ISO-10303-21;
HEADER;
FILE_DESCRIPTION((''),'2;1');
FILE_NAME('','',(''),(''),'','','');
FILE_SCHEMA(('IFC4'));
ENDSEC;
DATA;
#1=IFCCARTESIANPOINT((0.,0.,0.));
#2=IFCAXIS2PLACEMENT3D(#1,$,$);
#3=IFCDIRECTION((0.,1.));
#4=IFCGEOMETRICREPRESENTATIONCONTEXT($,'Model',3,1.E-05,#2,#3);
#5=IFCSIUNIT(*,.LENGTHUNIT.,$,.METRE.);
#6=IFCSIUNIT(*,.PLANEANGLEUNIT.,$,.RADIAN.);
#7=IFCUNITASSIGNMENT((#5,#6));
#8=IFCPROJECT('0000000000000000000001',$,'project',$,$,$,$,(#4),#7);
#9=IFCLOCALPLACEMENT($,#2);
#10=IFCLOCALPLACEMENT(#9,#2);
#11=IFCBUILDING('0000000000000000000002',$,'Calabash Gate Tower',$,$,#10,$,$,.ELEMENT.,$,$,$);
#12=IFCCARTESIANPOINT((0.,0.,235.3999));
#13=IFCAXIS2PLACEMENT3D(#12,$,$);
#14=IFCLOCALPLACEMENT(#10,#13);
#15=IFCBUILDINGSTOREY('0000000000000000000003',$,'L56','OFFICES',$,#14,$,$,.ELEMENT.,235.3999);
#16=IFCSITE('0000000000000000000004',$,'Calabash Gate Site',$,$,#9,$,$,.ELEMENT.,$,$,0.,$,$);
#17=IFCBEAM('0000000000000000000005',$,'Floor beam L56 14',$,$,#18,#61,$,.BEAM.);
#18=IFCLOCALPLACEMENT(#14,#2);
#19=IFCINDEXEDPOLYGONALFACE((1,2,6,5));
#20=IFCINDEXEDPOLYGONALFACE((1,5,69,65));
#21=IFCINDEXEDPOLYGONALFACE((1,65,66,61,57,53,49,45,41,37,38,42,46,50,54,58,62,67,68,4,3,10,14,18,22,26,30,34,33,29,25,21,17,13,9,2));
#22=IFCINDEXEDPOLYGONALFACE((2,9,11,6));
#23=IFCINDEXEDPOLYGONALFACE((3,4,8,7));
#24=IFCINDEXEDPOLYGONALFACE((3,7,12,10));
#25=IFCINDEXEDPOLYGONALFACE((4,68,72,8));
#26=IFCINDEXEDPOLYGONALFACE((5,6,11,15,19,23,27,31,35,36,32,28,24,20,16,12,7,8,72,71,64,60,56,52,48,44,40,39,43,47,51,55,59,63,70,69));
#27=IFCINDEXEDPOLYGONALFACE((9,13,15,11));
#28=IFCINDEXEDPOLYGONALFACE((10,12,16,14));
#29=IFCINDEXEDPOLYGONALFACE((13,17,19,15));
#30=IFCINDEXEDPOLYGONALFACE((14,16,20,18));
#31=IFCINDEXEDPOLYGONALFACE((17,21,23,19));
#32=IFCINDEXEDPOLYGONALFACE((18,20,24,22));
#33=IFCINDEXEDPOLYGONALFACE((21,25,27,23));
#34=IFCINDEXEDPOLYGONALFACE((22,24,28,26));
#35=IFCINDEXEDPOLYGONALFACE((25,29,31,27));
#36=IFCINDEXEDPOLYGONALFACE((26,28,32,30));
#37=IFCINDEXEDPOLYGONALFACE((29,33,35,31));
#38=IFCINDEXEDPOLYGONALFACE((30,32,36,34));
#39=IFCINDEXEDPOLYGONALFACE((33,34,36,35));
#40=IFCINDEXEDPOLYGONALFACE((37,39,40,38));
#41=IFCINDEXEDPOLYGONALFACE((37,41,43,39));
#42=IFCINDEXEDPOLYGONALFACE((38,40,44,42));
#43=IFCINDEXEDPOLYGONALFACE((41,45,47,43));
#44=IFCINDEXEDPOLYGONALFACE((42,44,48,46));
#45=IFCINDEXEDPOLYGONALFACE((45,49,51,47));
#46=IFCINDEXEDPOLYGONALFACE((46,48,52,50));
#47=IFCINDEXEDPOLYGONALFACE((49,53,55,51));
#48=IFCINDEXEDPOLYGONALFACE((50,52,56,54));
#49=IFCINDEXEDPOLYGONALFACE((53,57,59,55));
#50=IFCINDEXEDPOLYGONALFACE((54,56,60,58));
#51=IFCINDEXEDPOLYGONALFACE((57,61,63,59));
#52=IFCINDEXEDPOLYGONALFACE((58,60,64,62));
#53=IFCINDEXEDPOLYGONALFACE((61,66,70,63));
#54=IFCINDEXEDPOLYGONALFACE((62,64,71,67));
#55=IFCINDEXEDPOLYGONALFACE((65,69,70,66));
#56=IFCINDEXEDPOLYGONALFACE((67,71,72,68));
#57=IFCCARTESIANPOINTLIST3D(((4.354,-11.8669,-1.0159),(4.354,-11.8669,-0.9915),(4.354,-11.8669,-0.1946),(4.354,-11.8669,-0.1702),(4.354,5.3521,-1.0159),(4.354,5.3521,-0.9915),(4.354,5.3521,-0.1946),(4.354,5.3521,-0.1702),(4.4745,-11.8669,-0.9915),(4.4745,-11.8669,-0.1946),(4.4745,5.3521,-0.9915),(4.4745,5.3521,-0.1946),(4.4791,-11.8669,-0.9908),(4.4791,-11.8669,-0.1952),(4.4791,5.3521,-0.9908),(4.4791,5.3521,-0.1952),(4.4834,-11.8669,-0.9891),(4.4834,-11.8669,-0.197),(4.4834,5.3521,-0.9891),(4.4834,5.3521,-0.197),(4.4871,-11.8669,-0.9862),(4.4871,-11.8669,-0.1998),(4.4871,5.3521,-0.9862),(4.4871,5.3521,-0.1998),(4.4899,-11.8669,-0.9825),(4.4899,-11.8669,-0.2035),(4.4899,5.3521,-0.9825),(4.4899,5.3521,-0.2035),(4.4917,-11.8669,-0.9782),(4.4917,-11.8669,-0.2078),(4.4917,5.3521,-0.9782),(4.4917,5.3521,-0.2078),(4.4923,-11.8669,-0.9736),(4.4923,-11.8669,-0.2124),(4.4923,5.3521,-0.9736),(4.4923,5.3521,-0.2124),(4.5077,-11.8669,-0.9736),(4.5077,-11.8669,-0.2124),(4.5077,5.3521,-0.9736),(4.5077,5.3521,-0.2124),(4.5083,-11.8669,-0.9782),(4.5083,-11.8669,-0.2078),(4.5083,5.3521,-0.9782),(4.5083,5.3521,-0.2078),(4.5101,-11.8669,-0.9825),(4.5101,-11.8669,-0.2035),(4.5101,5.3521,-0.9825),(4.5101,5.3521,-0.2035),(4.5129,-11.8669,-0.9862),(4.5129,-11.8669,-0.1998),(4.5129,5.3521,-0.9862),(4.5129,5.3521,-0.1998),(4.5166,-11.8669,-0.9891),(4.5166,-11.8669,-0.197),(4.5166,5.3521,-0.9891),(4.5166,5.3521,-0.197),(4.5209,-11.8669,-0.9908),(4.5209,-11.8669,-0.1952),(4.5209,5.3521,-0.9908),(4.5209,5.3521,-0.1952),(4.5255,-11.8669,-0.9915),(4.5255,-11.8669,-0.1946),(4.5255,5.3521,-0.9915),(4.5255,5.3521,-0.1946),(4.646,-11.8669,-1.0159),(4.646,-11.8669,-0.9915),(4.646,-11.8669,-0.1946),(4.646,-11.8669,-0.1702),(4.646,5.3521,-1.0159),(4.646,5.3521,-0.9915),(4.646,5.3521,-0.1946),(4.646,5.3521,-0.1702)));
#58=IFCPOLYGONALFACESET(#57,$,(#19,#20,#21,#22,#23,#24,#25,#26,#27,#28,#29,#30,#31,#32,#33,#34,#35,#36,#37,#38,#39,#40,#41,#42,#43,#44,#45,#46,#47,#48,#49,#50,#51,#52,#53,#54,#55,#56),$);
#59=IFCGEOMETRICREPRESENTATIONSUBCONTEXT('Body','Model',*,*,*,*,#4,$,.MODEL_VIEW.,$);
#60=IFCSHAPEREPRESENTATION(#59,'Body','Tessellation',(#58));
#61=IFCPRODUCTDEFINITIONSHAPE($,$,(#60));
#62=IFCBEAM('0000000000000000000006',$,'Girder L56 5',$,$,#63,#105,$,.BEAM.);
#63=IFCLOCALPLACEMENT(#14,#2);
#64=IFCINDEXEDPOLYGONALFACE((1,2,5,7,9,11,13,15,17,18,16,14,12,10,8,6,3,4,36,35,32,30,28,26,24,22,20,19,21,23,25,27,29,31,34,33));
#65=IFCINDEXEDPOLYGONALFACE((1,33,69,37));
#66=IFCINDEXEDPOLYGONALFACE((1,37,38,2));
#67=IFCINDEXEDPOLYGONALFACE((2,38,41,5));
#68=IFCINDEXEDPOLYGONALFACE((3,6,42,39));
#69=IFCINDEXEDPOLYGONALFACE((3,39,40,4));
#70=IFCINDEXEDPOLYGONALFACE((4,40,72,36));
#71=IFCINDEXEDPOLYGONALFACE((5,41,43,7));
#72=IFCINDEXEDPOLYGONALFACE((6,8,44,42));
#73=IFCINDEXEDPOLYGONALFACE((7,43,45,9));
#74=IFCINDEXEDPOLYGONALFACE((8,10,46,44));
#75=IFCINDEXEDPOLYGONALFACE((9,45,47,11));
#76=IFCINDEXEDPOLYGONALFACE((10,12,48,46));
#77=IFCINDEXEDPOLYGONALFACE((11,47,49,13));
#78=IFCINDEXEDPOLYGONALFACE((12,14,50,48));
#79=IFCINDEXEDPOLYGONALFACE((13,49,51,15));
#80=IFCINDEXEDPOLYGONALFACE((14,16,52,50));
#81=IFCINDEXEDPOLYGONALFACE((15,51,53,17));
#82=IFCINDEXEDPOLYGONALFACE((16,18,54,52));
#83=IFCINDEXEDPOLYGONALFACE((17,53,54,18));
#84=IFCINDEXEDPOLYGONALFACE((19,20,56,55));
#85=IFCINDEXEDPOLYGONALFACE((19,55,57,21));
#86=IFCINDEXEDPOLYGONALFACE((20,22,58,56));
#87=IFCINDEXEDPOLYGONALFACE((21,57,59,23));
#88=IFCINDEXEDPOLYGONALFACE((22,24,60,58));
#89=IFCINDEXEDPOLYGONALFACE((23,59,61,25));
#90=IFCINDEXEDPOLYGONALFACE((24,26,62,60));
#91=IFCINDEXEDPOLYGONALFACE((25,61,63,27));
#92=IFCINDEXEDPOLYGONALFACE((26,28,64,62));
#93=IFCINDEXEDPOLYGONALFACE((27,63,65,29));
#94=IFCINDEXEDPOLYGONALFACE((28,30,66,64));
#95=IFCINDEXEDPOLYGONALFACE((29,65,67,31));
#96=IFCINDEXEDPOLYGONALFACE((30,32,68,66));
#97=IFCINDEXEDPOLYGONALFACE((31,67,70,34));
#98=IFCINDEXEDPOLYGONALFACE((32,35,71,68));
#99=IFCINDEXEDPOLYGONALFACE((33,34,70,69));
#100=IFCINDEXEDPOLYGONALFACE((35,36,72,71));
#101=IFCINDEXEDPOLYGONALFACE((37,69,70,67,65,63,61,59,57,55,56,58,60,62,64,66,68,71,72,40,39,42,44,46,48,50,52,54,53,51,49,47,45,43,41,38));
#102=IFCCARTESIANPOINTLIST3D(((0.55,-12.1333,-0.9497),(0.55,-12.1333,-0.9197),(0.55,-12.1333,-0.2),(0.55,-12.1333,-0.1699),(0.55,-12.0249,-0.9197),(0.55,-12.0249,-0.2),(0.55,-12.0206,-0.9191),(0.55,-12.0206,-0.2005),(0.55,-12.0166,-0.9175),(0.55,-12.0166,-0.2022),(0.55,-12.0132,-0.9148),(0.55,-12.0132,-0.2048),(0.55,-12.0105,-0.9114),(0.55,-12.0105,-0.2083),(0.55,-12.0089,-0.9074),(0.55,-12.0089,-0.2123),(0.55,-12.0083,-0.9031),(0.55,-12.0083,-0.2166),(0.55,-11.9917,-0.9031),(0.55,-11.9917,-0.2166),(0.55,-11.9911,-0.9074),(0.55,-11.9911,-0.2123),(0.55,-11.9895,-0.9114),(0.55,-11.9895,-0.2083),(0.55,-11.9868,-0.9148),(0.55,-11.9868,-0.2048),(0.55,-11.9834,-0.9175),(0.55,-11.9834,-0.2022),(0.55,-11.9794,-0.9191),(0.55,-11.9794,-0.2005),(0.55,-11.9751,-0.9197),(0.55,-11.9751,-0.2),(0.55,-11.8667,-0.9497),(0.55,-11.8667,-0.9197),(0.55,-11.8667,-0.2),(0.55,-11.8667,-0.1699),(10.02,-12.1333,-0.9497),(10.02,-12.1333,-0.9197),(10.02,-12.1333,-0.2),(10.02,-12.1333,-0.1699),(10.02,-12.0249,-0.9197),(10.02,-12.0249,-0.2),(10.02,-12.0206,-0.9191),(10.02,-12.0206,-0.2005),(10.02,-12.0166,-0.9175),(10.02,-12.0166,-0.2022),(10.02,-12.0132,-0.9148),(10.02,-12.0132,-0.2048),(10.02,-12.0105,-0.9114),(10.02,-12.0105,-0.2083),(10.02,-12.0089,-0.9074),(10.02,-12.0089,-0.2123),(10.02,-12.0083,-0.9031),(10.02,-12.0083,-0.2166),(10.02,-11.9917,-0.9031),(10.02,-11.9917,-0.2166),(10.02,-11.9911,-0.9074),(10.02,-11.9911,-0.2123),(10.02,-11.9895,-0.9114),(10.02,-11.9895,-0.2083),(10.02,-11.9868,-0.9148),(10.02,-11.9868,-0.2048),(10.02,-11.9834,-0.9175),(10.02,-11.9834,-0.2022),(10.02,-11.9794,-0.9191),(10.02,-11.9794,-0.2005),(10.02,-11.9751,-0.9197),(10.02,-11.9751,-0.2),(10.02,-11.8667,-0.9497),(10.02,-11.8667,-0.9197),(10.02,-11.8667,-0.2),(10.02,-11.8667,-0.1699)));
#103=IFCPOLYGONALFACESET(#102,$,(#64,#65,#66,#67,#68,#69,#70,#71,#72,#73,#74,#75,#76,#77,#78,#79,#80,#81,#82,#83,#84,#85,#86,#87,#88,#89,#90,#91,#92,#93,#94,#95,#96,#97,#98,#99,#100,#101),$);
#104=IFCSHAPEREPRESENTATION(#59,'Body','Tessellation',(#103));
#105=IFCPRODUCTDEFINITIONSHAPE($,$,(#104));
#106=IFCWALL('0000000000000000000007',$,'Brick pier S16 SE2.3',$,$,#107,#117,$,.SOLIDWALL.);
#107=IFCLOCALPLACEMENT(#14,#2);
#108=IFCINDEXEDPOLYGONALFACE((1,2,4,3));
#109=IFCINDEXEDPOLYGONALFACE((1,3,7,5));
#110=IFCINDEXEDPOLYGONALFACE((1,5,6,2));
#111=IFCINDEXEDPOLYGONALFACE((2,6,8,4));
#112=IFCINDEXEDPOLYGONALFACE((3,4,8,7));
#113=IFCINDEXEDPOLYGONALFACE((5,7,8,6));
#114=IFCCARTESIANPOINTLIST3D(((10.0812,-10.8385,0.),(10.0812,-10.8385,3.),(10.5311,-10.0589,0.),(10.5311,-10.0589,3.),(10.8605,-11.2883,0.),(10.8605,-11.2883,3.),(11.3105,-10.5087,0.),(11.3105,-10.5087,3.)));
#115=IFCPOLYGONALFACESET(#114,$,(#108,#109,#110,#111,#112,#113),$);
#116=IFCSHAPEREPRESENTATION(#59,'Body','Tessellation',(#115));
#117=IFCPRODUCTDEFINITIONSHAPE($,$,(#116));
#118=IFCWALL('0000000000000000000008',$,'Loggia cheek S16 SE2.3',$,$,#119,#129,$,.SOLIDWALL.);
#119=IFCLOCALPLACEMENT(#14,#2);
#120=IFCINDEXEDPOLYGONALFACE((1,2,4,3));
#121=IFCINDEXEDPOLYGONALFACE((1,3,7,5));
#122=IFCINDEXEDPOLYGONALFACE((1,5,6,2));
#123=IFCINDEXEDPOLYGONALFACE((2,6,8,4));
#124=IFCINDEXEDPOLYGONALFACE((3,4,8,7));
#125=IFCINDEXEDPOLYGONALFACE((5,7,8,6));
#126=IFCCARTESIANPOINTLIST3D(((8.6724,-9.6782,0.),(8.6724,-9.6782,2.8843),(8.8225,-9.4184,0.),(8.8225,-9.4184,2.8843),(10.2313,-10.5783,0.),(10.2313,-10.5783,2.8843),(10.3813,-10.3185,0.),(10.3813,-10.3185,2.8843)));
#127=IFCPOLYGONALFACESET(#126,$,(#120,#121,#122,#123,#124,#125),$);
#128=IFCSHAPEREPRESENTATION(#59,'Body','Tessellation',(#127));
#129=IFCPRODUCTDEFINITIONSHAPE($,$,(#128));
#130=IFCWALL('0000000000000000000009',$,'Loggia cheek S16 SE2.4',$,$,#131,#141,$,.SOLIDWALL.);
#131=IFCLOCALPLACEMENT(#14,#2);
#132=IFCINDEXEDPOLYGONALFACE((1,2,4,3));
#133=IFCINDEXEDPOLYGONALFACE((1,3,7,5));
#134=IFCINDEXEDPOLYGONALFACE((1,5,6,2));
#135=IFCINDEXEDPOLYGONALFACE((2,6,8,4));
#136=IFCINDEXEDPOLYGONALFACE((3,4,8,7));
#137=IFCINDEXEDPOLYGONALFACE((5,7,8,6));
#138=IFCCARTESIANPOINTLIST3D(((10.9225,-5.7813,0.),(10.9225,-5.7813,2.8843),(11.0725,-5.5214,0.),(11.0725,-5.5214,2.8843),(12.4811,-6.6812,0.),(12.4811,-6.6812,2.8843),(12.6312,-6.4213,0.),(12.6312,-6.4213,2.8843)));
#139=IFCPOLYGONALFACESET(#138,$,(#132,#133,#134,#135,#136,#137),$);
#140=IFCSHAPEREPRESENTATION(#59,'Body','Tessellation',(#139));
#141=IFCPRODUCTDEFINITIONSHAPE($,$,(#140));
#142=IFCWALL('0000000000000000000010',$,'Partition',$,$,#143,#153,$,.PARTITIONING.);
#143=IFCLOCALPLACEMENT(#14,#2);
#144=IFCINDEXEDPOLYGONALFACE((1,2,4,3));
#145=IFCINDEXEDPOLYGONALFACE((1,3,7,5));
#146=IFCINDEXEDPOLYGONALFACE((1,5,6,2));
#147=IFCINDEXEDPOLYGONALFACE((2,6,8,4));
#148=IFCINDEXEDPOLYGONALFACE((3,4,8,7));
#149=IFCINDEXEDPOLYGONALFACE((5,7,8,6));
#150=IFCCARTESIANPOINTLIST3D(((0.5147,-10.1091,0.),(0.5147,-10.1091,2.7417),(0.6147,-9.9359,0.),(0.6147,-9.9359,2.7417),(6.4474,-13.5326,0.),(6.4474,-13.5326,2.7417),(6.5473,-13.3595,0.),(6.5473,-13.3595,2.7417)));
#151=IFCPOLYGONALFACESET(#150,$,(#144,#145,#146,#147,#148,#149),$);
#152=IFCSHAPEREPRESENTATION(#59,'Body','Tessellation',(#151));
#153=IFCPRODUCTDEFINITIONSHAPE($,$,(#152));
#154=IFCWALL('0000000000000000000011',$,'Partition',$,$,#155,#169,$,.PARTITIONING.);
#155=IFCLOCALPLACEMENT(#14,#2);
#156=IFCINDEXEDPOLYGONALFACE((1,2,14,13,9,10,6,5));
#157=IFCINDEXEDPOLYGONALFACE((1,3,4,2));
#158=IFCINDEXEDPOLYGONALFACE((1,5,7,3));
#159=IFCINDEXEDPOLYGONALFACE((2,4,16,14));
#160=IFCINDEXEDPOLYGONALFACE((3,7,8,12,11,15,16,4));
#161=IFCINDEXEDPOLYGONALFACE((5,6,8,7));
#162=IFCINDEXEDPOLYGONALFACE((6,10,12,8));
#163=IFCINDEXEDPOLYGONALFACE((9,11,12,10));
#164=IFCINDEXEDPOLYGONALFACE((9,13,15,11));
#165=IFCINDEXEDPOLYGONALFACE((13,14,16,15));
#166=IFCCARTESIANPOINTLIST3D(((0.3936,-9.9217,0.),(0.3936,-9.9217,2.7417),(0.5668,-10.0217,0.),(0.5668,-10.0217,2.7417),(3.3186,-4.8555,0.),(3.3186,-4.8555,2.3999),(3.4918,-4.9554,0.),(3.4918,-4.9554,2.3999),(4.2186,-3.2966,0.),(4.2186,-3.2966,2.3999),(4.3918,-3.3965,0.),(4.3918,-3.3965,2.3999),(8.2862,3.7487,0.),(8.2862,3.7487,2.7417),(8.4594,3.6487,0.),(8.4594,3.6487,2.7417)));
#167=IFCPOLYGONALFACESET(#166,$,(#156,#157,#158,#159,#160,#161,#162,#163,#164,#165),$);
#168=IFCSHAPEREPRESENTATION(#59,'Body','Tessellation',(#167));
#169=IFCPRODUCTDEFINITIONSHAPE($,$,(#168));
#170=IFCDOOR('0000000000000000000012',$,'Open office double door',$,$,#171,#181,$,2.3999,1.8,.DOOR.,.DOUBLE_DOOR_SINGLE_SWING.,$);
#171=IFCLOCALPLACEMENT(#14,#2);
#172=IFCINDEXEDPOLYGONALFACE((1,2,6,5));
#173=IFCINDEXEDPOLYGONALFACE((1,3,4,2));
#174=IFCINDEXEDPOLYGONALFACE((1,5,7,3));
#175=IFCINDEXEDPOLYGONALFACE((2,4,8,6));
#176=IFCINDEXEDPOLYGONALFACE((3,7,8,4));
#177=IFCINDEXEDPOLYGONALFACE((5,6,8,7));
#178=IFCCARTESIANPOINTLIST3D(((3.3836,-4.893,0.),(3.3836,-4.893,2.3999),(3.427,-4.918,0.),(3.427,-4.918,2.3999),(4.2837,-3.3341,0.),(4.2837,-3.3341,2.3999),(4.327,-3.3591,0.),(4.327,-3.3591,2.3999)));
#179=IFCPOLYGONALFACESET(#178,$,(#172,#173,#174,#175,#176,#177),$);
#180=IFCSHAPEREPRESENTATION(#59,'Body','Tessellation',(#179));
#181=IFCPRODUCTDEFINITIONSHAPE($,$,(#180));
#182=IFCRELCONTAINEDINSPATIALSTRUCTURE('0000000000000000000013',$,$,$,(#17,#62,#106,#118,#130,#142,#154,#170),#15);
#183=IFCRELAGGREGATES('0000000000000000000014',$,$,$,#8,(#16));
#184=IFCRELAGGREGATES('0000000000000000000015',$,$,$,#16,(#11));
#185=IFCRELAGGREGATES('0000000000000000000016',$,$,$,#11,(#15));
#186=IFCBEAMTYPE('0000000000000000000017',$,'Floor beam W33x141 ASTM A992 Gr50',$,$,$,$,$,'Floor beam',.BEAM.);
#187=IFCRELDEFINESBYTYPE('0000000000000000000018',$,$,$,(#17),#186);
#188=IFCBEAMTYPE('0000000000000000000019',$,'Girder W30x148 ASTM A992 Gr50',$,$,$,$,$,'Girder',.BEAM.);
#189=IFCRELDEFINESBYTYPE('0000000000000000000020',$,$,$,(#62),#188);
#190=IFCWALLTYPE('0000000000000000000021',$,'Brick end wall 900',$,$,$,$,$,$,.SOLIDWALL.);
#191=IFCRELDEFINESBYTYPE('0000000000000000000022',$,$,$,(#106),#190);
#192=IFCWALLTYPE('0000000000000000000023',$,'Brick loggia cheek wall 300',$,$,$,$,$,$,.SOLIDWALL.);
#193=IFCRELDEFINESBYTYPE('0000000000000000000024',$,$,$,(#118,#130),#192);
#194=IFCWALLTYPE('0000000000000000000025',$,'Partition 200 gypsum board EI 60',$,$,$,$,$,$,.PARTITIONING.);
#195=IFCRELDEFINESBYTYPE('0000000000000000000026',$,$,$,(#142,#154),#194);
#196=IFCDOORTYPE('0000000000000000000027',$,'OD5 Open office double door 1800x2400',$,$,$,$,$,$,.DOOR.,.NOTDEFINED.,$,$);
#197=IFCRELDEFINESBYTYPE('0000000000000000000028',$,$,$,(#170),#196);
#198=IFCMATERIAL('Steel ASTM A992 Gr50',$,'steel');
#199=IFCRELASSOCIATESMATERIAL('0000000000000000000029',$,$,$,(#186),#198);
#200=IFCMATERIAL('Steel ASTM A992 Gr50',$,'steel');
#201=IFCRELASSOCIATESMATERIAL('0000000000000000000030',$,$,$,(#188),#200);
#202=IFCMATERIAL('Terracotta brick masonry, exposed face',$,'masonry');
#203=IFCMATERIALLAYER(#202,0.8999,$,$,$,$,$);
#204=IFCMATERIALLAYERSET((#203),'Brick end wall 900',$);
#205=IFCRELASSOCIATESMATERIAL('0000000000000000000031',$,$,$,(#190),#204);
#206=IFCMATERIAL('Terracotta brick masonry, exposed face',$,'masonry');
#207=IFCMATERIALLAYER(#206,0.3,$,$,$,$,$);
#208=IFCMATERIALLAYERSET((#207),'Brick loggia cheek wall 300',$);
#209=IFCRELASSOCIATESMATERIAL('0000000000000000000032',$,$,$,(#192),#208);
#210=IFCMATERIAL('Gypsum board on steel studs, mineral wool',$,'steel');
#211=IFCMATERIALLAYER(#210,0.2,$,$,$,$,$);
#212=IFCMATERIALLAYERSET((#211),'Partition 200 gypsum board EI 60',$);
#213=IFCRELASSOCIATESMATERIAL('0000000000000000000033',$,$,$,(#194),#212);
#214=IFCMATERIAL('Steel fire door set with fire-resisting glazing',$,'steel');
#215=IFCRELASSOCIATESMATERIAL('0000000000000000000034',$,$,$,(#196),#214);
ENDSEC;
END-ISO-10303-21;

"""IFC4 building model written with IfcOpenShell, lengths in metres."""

from ifc_helpers import new_model, si_unit, direction, frame, frame_2d, origin, origin_2d, place, context, subcontext, project, spatial, rectangle, i_section, extrude, material, layer, layer_set, material_profile, profile_set, type_object, element, fill, save


model = new_model("IFC4")

# Units and contexts
model_context = context("Model", 3, precision=1e-05, world=origin(), true_north=direction((0.0, 1.0)))
body_context = subcontext(model_context, "Body", "Model", "MODEL_VIEW")
ifc_project = project(units=[si_unit("LENGTHUNIT", "METRE"), si_unit("PLANEANGLEUNIT", "RADIAN")], contexts=[model_context])

# Site, building, storey
site_placement = place(None, origin())
site = spatial("IfcSite", under=ifc_project, at=site_placement, Name="Calabash Gate Site", CompositionType="ELEMENT", RefElevation=0.0)
building_placement = place(site_placement, origin())
building = spatial("IfcBuilding", under=site, at=building_placement, Name="Calabash Gate Tower", CompositionType="ELEMENT")
storey_placement = place(building_placement, frame((0.0, 0.0, 235.3999)))
storey = spatial("IfcBuildingStorey", under=building, at=storey_placement, Name="L56", Description="OFFICES", CompositionType="ELEMENT", Elevation=235.3999)

# Beams
ifc_material_1 = material(Name="Steel ASTM A992 Gr50", Category="steel")
ifc_material_profile_1 = material_profile(ifc_material_1, i_section(OverallWidth=0.292, OverallDepth=0.8457, WebThickness=0.0154, FlangeThickness=0.0244, FilletRadius=0.0178, at=origin_2d()))
ifc_profile_set_1 = profile_set([ifc_material_profile_1], Name="Steel ASTM A992 Gr50")
beam_type_1 = type_object("IfcBeamType", Name="Floor beam W33x141 ASTM A992 Gr50", ElementType="Floor beam", PredefinedType="BEAM", material=ifc_profile_set_1)
beam_1_placement = place(storey_placement, frame((4.5, -11.8669, -0.593), z_axis=(0.0, 1.0, 0.0), x_axis=(-1.0, 0.0, 0.0)))
element("IfcBeam", 1, at=beam_1_placement, inside=storey, type_object=beam_type_1, Name="Floor beam L56 14", PredefinedType="BEAM", context=body_context, shape_type="SweptSolid", body=[
    extrude(i_section(OverallWidth=0.292, OverallDepth=0.8457, WebThickness=0.0154, FlangeThickness=0.0244, FilletRadius=0.0178, at=origin_2d()), origin(), (0.0, 0.0, 1.0), 17.219),
])
ifc_material_2 = material(Name="Steel ASTM A992 Gr50", Category="steel")
ifc_material_profile_2 = material_profile(ifc_material_2, i_section(OverallWidth=0.2666, OverallDepth=0.7798, WebThickness=0.0166, FlangeThickness=0.03, FilletRadius=0.0166, at=origin_2d()))
ifc_profile_set_2 = profile_set([ifc_material_profile_2], Name="Steel ASTM A992 Gr50")
beam_type_2 = type_object("IfcBeamType", Name="Girder W30x148 ASTM A992 Gr50", ElementType="Girder", PredefinedType="BEAM", material=ifc_profile_set_2)
beam_2_placement = place(storey_placement, frame((0.55, -12.0, -0.5598), z_axis=(1.0, 0.0, 0.0), x_axis=(0.0, 1.0, 0.0)))
element("IfcBeam", 2, at=beam_2_placement, inside=storey, type_object=beam_type_2, Name="Girder L56 5", PredefinedType="BEAM", context=body_context, shape_type="SweptSolid", body=[
    extrude(i_section(OverallWidth=0.2666, OverallDepth=0.7798, WebThickness=0.0166, FlangeThickness=0.03, FilletRadius=0.0166, at=origin_2d()), origin(), (0.0, 0.0, 1.0), 9.47),
])

# Walls
ifc_material_3 = material(Name="Terracotta brick masonry, exposed face", Category="masonry")
ifc_layer_1 = layer(ifc_material_3, 0.8999)
ifc_layer_set_1 = layer_set([ifc_layer_1], Name="Brick end wall 900")
wall_type_1 = type_object("IfcWallType", Name="Brick end wall 900", PredefinedType="SOLIDWALL", material=ifc_layer_set_1)
wall_1_placement = place(storey_placement, frame((10.9209, -10.2837, 0.0), z_axis=(0.0, 0.0, 1.0), x_axis=(-0.499902, -0.866082, 0.0)))
element("IfcWall", 3, at=wall_1_placement, inside=storey, type_object=wall_type_1, Name="Brick pier S16 SE2.3", PredefinedType="SOLIDWALL", context=body_context, shape_type="SweptSolid", body=[
    extrude(rectangle(XDim=0.9001, YDim=0.8999, at=frame_2d((0.4502, 0.0))), origin(), (0.0, 0.0, 1.0), 3.0),
])
ifc_material_4 = material(Name="Terracotta brick masonry, exposed face", Category="masonry")
ifc_layer_2 = layer(ifc_material_4, 0.3)
ifc_layer_set_2 = layer_set([ifc_layer_2], Name="Brick loggia cheek wall 300")
wall_type_2 = type_object("IfcWallType", Name="Brick loggia cheek wall 300", PredefinedType="SOLIDWALL", material=ifc_layer_set_2)
wall_2_placement = place(storey_placement, frame((8.7476, -9.5483, 0.0), z_axis=(0.0, 0.0, 1.0), x_axis=(0.865989, -0.500063, 0.0)))
element("IfcWall", 4, at=wall_2_placement, inside=storey, type_object=wall_type_2, Name="Loggia cheek S16 SE2.3", PredefinedType="SOLIDWALL", context=body_context, shape_type="SweptSolid", body=[
    extrude(rectangle(XDim=1.8, YDim=0.3, at=frame_2d((0.8999, 0.0))), origin(), (0.0, 0.0, 1.0), 2.8843),
])
wall_3_placement = place(storey_placement, frame((12.5562, -6.5513, 0.0), z_axis=(0.0, 0.0, 1.0), x_axis=(-0.866014, 0.50002, 0.0)))
element("IfcWall", 5, at=wall_3_placement, inside=storey, type_object=wall_type_2, Name="Loggia cheek S16 SE2.4", PredefinedType="SOLIDWALL", context=body_context, shape_type="SweptSolid", body=[
    extrude(rectangle(XDim=1.7998, YDim=0.3, at=frame_2d((0.8999, 0.0))), origin(), (0.0, 0.0, 1.0), 2.8843),
])
ifc_material_5 = material(Name="Gypsum board on steel studs, mineral wool", Category="steel")
ifc_layer_3 = layer(ifc_material_5, 0.2)
ifc_layer_set_3 = layer_set([ifc_layer_3], Name="Partition 200 gypsum board EI 60")
wall_type_3 = type_object("IfcWallType", Name="Partition 200 gypsum board EI 60", PredefinedType="PARTITIONING", material=ifc_layer_set_3)
wall_4_placement = place(storey_placement, frame((0.5647, -10.0225, 0.0), z_axis=(0.0, 0.0, 1.0), x_axis=(0.866127, -0.499823, 0.0)))
element("IfcWall", 6, at=wall_4_placement, inside=storey, type_object=wall_type_3, Name="Partition", PredefinedType="PARTITIONING", context=body_context, shape_type="SweptSolid", body=[
    extrude(rectangle(XDim=6.8496, YDim=0.2, at=frame_2d((3.4248, 0.0))), origin(), (0.0, 0.0, 1.0), 2.7417),
])

# Wall, opening, door
wall_5_placement = place(storey_placement, frame((0.4802, -9.9717, 0.0), z_axis=(0.0, 0.0, 1.0), x_axis=(0.499998, 0.866026, 0.0)))
wall_5 = element("IfcWall", 7, at=wall_5_placement, inside=storey, type_object=wall_type_3, Name="Partition", PredefinedType="PARTITIONING", context=body_context, shape_type="SweptSolid", body=[
    extrude(rectangle(XDim=15.7852, YDim=0.2, at=frame_2d((7.8926, 0.0))), origin(), (0.0, 0.0, 1.0), 2.7417),
])
opening_1_placement = place(wall_5_placement, frame((5.8501, 0.0, 0.0)))
opening_1 = element("IfcOpeningElement", 8, at=opening_1_placement, cuts=wall_5, PredefinedType="OPENING", context=body_context, shape_type="SweptSolid", body=[
    extrude(rectangle(XDim=1.8, YDim=2.3999, at=frame_2d((0.8999, 1.2))), frame((0.0, 0.1099, 0.0), z_axis=(0.0, -1.0, 0.0), x_axis=(1.0, 0.0, 0.0)), (0.0, 0.0, 1.0), 0.22),
])
ifc_material_6 = material(Name="Steel fire door set with fire-resisting glazing", Category="steel")
door_type_1 = type_object("IfcDoorType", Name="OD5 Open office double door 1800x2400", OperationType="NOTDEFINED", PredefinedType="DOOR", material=ifc_material_6)
door_1_placement = place(opening_1_placement, origin())
door_1 = element("IfcDoor", 9, at=door_1_placement, inside=storey, type_object=door_type_1, Name="Open office double door", OperationType="DOUBLE_DOOR_SINGLE_SWING", OverallHeight=2.3999, OverallWidth=1.8, PredefinedType="DOOR", context=body_context, shape_type="SweptSolid", body=[
    extrude(rectangle(XDim=1.8, YDim=2.3999, at=frame_2d((0.8999, 1.2))), frame((0.0, 0.0249, 0.0), z_axis=(0.0, -1.0, 0.0), x_axis=(1.0, 0.0, 0.0)), (0.0, 0.0, 1.0), 0.05),
])
fill(opening_1, door_1)

save(model, "model.ifc")
